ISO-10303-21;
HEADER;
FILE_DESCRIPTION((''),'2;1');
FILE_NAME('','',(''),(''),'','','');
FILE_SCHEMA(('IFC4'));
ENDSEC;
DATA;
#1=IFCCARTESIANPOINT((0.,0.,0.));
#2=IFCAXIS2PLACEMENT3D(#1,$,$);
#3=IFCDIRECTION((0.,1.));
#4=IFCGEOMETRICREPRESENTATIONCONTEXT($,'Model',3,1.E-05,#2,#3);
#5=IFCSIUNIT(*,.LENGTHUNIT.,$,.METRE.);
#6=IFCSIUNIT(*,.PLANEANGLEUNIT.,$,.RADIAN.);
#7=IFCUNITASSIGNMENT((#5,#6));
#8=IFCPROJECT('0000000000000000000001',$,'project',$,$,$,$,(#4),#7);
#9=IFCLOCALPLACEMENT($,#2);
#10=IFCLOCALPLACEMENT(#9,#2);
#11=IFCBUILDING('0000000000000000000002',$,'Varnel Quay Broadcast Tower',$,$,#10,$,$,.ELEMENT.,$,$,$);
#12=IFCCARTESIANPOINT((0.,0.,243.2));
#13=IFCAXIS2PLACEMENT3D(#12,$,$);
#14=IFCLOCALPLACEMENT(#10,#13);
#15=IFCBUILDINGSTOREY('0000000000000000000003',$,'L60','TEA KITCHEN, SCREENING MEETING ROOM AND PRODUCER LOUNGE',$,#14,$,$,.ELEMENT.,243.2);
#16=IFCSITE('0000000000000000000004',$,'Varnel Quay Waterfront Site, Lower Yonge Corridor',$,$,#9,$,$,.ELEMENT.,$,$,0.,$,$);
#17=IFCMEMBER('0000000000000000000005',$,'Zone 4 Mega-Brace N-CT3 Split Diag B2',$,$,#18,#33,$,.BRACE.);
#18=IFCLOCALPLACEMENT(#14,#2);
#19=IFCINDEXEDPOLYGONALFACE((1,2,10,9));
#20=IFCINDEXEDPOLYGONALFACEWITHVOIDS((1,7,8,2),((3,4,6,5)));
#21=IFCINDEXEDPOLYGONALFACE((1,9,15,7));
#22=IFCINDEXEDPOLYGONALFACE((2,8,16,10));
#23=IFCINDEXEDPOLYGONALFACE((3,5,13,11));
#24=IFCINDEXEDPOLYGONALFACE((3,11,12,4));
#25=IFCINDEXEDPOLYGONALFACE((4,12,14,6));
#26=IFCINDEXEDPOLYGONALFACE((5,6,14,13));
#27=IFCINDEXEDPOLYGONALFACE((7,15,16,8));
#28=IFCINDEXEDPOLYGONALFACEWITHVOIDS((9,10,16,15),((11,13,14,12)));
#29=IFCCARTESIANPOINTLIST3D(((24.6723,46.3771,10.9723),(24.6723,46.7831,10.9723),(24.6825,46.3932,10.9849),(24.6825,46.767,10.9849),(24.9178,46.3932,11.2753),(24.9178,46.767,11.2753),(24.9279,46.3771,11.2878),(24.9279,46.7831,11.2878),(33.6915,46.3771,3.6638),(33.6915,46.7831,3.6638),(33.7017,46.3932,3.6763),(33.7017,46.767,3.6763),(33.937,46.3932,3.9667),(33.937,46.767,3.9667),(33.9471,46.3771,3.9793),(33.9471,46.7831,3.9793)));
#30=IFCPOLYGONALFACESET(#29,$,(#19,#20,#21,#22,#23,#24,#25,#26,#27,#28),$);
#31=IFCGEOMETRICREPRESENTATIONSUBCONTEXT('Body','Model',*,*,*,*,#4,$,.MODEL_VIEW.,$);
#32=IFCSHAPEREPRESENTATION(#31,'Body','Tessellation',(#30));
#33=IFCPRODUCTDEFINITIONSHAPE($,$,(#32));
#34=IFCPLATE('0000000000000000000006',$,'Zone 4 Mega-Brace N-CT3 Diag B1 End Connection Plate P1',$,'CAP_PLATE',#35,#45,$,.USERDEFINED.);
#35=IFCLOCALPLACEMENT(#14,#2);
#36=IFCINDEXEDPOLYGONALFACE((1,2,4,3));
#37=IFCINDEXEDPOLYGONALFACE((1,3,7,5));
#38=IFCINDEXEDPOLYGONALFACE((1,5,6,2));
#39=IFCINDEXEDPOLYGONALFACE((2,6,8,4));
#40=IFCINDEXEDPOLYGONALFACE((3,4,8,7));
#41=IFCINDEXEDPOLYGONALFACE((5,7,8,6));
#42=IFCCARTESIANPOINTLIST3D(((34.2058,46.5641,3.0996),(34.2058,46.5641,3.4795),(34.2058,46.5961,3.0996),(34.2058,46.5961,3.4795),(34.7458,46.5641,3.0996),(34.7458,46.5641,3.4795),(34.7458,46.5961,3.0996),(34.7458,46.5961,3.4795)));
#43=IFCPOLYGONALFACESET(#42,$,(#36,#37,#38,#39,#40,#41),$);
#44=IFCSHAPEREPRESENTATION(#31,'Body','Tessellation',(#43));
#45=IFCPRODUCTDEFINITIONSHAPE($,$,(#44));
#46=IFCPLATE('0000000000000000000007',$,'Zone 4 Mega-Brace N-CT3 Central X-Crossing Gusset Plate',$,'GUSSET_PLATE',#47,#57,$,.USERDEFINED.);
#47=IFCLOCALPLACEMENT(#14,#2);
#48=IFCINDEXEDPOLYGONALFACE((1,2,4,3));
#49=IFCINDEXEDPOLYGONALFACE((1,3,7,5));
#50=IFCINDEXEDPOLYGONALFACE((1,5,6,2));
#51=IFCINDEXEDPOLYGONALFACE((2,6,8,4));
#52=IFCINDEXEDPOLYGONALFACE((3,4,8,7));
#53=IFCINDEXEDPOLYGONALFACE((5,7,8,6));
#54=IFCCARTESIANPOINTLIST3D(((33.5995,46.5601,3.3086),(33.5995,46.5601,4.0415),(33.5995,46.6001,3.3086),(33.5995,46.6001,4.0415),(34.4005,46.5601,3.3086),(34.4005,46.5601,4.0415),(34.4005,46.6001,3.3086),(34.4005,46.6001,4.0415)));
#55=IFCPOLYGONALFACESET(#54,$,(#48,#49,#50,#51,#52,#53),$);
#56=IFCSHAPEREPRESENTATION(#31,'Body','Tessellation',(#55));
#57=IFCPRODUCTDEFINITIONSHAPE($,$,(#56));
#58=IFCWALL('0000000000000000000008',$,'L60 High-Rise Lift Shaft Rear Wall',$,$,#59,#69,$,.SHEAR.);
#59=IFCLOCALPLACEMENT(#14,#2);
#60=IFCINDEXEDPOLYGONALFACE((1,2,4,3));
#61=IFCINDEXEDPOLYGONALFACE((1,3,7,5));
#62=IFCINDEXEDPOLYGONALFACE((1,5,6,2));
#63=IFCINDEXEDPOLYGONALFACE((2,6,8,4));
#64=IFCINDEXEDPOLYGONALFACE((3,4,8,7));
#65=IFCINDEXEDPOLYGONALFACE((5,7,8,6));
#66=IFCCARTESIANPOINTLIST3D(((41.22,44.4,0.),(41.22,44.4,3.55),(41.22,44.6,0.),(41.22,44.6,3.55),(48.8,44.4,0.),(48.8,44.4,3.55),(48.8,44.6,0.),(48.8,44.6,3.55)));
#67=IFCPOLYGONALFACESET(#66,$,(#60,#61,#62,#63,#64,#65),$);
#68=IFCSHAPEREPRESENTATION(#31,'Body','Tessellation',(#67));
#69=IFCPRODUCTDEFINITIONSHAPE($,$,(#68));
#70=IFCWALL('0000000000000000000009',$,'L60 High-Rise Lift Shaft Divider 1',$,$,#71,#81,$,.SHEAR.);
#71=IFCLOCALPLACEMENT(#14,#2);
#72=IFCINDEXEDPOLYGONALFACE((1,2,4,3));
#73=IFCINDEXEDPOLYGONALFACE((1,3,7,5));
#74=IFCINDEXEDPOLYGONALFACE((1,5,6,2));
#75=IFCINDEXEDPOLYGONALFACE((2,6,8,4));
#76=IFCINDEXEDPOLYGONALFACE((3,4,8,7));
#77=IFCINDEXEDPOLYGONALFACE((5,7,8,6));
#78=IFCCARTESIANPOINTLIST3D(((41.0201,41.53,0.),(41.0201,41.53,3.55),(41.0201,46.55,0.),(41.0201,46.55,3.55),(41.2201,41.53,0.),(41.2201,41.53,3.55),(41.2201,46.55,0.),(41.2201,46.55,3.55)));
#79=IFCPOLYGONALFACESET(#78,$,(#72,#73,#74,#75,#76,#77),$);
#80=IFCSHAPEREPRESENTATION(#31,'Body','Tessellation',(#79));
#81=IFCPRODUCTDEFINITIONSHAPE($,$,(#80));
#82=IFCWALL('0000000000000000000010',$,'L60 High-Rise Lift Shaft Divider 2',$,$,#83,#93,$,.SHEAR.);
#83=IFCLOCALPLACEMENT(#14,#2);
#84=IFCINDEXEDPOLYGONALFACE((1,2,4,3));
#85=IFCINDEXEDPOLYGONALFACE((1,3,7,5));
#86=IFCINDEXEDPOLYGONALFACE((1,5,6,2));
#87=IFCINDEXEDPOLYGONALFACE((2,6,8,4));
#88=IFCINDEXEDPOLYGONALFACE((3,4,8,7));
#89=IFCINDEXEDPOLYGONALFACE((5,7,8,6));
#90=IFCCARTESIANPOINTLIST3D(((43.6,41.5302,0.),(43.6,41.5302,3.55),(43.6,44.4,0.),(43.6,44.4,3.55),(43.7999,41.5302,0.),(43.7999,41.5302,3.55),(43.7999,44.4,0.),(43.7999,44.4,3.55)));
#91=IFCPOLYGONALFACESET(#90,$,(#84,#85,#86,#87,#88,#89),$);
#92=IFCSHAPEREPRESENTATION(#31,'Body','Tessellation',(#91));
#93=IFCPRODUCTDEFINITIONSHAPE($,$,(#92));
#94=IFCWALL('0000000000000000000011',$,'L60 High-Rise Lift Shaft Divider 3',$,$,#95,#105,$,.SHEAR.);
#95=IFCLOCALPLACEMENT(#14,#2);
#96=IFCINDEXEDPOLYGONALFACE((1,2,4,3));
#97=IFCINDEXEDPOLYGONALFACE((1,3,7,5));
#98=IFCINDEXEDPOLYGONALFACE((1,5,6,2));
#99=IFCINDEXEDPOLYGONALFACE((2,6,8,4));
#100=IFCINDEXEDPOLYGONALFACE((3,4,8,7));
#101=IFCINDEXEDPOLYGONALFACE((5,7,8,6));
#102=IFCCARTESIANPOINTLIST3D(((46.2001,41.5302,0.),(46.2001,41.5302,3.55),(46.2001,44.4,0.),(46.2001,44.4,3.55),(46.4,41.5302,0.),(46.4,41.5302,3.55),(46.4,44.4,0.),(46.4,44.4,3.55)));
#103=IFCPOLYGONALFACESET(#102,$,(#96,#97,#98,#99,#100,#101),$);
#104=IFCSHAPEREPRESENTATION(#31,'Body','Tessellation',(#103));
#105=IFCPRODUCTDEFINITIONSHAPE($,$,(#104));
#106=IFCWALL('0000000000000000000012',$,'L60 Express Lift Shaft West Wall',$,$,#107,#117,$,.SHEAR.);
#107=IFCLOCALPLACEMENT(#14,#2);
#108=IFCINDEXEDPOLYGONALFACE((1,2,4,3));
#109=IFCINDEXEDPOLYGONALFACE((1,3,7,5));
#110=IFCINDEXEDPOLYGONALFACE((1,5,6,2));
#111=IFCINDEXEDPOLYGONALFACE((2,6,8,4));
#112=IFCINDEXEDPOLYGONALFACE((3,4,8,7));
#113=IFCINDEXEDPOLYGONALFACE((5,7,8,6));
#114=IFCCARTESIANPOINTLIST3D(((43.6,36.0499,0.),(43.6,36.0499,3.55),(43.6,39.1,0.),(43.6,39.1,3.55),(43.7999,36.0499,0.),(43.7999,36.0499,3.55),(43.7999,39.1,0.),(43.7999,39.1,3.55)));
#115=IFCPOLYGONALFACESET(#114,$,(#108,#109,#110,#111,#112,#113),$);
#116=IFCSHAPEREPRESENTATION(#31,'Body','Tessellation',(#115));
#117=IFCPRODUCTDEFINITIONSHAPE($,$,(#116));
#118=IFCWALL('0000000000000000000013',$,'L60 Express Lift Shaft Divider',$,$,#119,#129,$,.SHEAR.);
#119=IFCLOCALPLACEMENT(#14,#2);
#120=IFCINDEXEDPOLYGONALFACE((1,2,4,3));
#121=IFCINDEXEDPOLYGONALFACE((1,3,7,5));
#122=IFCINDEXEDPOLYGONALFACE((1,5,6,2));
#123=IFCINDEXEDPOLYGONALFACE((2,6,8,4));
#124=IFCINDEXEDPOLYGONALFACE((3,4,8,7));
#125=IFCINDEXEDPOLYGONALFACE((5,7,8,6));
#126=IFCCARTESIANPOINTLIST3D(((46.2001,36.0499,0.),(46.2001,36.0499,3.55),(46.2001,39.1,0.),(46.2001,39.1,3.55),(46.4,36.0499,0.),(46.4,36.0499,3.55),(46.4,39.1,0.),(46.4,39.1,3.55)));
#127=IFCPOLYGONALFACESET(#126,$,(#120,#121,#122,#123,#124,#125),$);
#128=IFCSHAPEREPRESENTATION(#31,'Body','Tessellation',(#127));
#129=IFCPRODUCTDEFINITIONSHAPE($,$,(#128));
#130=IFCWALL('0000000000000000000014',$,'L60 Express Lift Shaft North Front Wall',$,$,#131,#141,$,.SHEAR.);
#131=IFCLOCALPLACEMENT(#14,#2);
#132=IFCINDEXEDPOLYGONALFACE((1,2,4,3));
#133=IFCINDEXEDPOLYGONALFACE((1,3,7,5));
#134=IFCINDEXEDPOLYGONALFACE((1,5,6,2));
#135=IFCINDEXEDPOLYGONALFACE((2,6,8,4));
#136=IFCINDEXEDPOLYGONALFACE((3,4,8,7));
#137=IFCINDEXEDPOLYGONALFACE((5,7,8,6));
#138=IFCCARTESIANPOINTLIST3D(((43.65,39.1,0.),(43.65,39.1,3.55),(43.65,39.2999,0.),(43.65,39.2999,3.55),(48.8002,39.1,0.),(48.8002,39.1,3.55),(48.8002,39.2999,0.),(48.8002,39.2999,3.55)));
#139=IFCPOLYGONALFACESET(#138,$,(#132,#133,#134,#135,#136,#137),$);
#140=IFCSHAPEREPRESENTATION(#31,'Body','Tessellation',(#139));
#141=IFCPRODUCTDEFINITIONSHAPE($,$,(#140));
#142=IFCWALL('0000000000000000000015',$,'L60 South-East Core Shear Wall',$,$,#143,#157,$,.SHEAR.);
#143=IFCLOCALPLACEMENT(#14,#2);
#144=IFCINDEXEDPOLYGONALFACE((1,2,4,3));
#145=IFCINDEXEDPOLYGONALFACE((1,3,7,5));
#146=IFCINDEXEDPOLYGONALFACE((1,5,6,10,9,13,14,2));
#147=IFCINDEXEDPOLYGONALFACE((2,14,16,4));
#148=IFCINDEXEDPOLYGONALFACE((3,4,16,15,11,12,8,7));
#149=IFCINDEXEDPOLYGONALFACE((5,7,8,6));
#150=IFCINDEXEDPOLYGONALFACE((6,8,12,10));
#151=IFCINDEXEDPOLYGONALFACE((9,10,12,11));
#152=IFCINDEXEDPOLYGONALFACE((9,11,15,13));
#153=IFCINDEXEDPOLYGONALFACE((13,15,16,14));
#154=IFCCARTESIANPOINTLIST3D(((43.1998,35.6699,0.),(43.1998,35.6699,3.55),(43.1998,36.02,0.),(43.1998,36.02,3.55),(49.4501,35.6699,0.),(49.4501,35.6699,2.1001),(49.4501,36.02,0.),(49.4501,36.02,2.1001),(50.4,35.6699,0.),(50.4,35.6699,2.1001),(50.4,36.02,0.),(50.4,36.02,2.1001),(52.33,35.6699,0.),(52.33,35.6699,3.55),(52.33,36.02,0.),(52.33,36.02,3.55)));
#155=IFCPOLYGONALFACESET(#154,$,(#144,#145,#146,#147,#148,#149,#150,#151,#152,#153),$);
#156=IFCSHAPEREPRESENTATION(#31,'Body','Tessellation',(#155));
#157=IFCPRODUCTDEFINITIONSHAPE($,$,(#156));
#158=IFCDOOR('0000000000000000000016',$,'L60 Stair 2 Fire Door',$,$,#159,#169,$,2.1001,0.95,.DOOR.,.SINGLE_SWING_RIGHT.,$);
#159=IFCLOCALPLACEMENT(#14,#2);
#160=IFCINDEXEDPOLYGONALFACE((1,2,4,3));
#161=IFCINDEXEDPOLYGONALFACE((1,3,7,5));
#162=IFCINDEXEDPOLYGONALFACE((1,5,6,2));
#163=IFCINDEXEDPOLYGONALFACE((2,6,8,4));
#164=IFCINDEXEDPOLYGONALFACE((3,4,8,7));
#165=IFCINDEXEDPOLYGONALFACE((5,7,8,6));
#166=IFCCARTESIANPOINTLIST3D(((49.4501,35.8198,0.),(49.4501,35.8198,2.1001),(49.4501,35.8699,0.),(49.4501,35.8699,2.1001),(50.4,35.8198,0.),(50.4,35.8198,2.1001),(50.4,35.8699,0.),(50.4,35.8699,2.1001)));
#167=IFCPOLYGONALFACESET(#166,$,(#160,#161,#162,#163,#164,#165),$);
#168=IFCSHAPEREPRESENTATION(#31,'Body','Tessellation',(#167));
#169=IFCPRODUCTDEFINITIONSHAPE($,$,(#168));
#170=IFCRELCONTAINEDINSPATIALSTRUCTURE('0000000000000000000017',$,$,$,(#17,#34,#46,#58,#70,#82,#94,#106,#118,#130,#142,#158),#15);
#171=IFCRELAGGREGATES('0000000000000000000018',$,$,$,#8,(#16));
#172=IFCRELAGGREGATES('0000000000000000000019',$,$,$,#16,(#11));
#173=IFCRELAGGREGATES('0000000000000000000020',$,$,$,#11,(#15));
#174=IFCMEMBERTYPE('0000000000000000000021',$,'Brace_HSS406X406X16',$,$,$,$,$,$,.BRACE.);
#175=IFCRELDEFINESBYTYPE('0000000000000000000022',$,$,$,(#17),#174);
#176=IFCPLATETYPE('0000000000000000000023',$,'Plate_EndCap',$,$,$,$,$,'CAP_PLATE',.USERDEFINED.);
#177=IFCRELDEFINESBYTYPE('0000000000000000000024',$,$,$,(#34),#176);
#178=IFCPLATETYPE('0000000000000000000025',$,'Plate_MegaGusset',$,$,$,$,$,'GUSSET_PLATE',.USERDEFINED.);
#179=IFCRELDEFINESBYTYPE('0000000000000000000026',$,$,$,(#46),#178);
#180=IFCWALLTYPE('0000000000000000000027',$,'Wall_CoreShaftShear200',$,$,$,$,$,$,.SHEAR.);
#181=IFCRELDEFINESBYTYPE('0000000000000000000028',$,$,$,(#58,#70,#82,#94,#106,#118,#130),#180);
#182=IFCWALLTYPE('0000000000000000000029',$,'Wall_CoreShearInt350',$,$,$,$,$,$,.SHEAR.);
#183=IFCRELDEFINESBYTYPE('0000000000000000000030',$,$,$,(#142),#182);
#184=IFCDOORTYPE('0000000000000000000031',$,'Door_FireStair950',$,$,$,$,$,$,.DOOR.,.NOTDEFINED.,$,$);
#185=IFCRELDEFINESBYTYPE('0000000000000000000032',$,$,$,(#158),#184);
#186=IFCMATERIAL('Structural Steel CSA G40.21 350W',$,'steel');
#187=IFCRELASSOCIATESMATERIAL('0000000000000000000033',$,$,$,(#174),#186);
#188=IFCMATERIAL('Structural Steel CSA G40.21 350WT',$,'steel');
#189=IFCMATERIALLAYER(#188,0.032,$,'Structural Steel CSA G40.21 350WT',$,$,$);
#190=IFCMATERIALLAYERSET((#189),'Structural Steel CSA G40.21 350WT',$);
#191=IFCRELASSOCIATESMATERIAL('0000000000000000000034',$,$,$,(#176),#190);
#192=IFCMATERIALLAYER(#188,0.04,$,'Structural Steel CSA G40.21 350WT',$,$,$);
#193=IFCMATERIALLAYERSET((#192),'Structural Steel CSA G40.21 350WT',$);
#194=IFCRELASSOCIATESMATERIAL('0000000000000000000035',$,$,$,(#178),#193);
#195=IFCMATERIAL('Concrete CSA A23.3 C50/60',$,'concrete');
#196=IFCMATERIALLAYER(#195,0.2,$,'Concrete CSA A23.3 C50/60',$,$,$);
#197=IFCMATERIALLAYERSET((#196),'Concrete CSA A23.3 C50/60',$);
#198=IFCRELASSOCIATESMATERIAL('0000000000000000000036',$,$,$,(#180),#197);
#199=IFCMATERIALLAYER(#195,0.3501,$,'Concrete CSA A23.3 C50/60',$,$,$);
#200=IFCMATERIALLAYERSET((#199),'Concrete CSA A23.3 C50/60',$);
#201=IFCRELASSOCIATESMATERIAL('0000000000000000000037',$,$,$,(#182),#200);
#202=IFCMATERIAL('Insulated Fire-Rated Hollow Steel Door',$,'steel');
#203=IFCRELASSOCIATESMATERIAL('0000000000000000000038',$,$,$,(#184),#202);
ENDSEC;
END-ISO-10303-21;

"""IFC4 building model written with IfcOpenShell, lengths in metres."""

from ifc_helpers import new_model, si_unit, direction, frame, frame_2d, origin, origin_2d, place, context, subcontext, project, spatial, rectangle, hollow_rectangle, extrude, source, transform, mapped, material, layer, layer_set, material_profile, profile_set, type_object, type_shapes, element, fill, save


model = new_model("IFC4")

# Units and contexts
model_context = context("Model", 3, precision=1e-05, world=origin(), true_north=direction((0.0, 1.0)))
body_context = subcontext(model_context, "Body", "Model", "MODEL_VIEW")
ifc_project = project(units=[si_unit("LENGTHUNIT", "METRE"), si_unit("PLANEANGLEUNIT", "RADIAN")], contexts=[model_context])

# Site, building, storey
site_placement = place(None, origin())
site = spatial("IfcSite", under=ifc_project, at=site_placement, Name="Varnel Quay Waterfront Site, Lower Yonge Corridor", CompositionType="ELEMENT", RefElevation=0.0)
building_placement = place(site_placement, origin())
building = spatial("IfcBuilding", under=site, at=building_placement, Name="Varnel Quay Broadcast Tower", CompositionType="ELEMENT")
storey_placement = place(building_placement, frame((0.0, 0.0, 243.2)))
storey = spatial("IfcBuildingStorey", under=building, at=storey_placement, Name="L60", Description="TEA KITCHEN, SCREENING MEETING ROOM AND PRODUCER LOUNGE", CompositionType="ELEMENT", Elevation=243.2)

# Shared definitions
ifc_material_1 = material(Name="Structural Steel CSA G40.21 350WT", Category="steel")

# Shared definitions
ifc_material_2 = material(Name="Concrete CSA A23.3 C50/60", Category="concrete")

# Member
ifc_material_3 = material(Name="Structural Steel CSA G40.21 350W", Category="steel")
ifc_material_profile_1 = material_profile(ifc_material_3, hollow_rectangle(XDim=0.406, YDim=0.406, WallThickness=0.0161, at=origin_2d()), Name="HSS406X406X16")
ifc_profile_set_1 = profile_set([ifc_material_profile_1], Name="Structural Steel CSA G40.21 350W")
member_type = type_object("IfcMemberType", Name="Brace_HSS406X406X16", PredefinedType="BRACE", material=ifc_profile_set_1)
shared_shape_1 = source(origin(), body_context, "Body", "SweptSolid", [
    extrude(hollow_rectangle(XDim=0.406, YDim=0.406, WallThickness=0.0161, at=origin_2d()), origin(), (0.0, 0.0, 1.0), 11.6086),
])
type_shapes(member_type, [shared_shape_1])
member_placement = place(storey_placement, frame((33.8193, 46.5801, 3.8215), z_axis=(-0.776939, 0.0, 0.629576), x_axis=(0.0, -1.0, 0.0)))
element("IfcMember", 1, at=member_placement, inside=storey, type_object=member_type, Name="Zone 4 Mega-Brace N-CT3 Split Diag B2", PredefinedType="BRACE", context=body_context, shape_type="MappedRepresentation", body=[
    mapped(shared_shape_1, transform((0.0, 0.0, 0.0), x_axis=(1.0, 0.0, 0.0), y_axis=(0.0, 1.0, 0.0), z_axis=(0.0, 0.0, 1.0), scale=1.0)),
])

# Plates
ifc_layer_1 = layer(ifc_material_1, 0.032, Name="Structural Steel CSA G40.21 350WT")
ifc_layer_set_1 = layer_set([ifc_layer_1], Name="Structural Steel CSA G40.21 350WT")
plate_type_1 = type_object("IfcPlateType", Name="Plate_EndCap", ElementType="CAP_PLATE", PredefinedType="USERDEFINED", material=ifc_layer_set_1)
shared_shape_2 = source(origin(), body_context, "Body", "SweptSolid", [
    extrude(rectangle(XDim=0.54, YDim=0.032, at=origin_2d()), origin(), (0.0, 0.0, 1.0), 0.3799),
])
type_shapes(plate_type_1, [shared_shape_2])
plate_1_placement = place(storey_placement, frame((34.4758, 46.5801, 3.0996), z_axis=(0.0, 0.0, 1.0), x_axis=(1.0, 0.0, 0.0)))
element("IfcPlate", 2, at=plate_1_placement, inside=storey, type_object=plate_type_1, Name="Zone 4 Mega-Brace N-CT3 Diag B1 End Connection Plate P1", ObjectType="CAP_PLATE", PredefinedType="USERDEFINED", context=body_context, shape_type="MappedRepresentation", body=[
    mapped(shared_shape_2, transform((0.0, 0.0, 0.0), x_axis=(1.0, 0.0, 0.0), y_axis=(0.0, 1.0, 0.0), z_axis=(0.0, 0.0, 1.0), scale=1.0)),
])
ifc_layer_2 = layer(ifc_material_1, 0.04, Name="Structural Steel CSA G40.21 350WT")
ifc_layer_set_2 = layer_set([ifc_layer_2], Name="Structural Steel CSA G40.21 350WT")
plate_type_2 = type_object("IfcPlateType", Name="Plate_MegaGusset", ElementType="GUSSET_PLATE", PredefinedType="USERDEFINED", material=ifc_layer_set_2)
shared_shape_3 = source(origin(), body_context, "Body", "SweptSolid", [
    extrude(rectangle(XDim=0.801, YDim=0.04, at=origin_2d()), origin(), (0.0, 0.0, 1.0), 0.7329),
])
type_shapes(plate_type_2, [shared_shape_3])
plate_2_placement = place(storey_placement, frame((34.0, 46.5801, 3.3086), z_axis=(0.0, 0.0, 1.0), x_axis=(1.0, 0.0, 0.0)))
element("IfcPlate", 3, at=plate_2_placement, inside=storey, type_object=plate_type_2, Name="Zone 4 Mega-Brace N-CT3 Central X-Crossing Gusset Plate", ObjectType="GUSSET_PLATE", PredefinedType="USERDEFINED", context=body_context, shape_type="MappedRepresentation", body=[
    mapped(shared_shape_3, transform((0.0, 0.0, 0.0), x_axis=(1.0, 0.0, 0.0), y_axis=(0.0, 1.0, 0.0), z_axis=(0.0, 0.0, 1.0), scale=1.0)),
])

# Walls
ifc_layer_3 = layer(ifc_material_2, 0.2, Name="Concrete CSA A23.3 C50/60")
ifc_layer_set_3 = layer_set([ifc_layer_3], Name="Concrete CSA A23.3 C50/60")
wall_type_1 = type_object("IfcWallType", Name="Wall_CoreShaftShear200", PredefinedType="SHEAR", material=ifc_layer_set_3)
wall_1_placement = place(storey_placement, frame((41.22, 44.5, 0.0), z_axis=(0.0, 0.0, 1.0), x_axis=(1.0, 0.0, 0.0)))
element("IfcWall", 4, at=wall_1_placement, inside=storey, type_object=wall_type_1, Name="L60 High-Rise Lift Shaft Rear Wall", PredefinedType="SHEAR", context=body_context, shape_type="SweptSolid", body=[
    extrude(rectangle(XDim=7.5801, YDim=0.2, at=frame_2d((3.79, 0.0))), origin(), (0.0, 0.0, 1.0), 3.55),
])
wall_2_placement = place(storey_placement, frame((41.1201, 41.53, 0.0), z_axis=(0.0, 0.0, 1.0), x_axis=(0.0, 1.0, 0.0)))
element("IfcWall", 5, at=wall_2_placement, inside=storey, type_object=wall_type_1, Name="L60 High-Rise Lift Shaft Divider 1", PredefinedType="SHEAR", context=body_context, shape_type="SweptSolid", body=[
    extrude(rectangle(XDim=5.02, YDim=0.2, at=frame_2d((2.51, 0.0))), origin(), (0.0, 0.0, 1.0), 3.55),
])
for number, where, z_axis, x_axis, name in (
    (6, (43.7, 41.53, 0.0), (0.0, 0.0, 1.0), (0.0, 1.0, 0.0), "L60 High-Rise Lift Shaft Divider 2"),
    (7, (46.3, 41.53, 0.0), (0.0, 0.0, 1.0), (0.0, 1.0, 0.0), "L60 High-Rise Lift Shaft Divider 3"),
):
    element("IfcWall", number, at=place(storey_placement, frame(where, z_axis=z_axis, x_axis=x_axis)), inside=storey, type_object=wall_type_1, Name=name, PredefinedType="SHEAR", context=body_context, shape_type="SweptSolid", body=[
        extrude(rectangle(XDim=2.8699, YDim=0.2, at=frame_2d((1.4351, 0.0))), origin(), (0.0, 0.0, 1.0), 3.55),
    ])
for number, where, z_axis, x_axis, name in (
    (8, (43.7, 36.05, 0.0), (0.0, 0.0, 1.0), (0.0, 1.0, 0.0), "L60 Express Lift Shaft West Wall"),
    (9, (46.3, 36.05, 0.0), (0.0, 0.0, 1.0), (0.0, 1.0, 0.0), "L60 Express Lift Shaft Divider"),
):
    element("IfcWall", number, at=place(storey_placement, frame(where, z_axis=z_axis, x_axis=x_axis)), inside=storey, type_object=wall_type_1, Name=name, PredefinedType="SHEAR", context=body_context, shape_type="SweptSolid", body=[
        extrude(rectangle(XDim=3.05, YDim=0.2, at=frame_2d((1.5249, 0.0))), origin(), (0.0, 0.0, 1.0), 3.55),
    ])
wall_3_placement = place(storey_placement, frame((43.6499, 39.2, 0.0), z_axis=(0.0, 0.0, 1.0), x_axis=(1.0, 0.0, 0.0)))
element("IfcWall", 10, at=wall_3_placement, inside=storey, type_object=wall_type_1, Name="L60 Express Lift Shaft North Front Wall", PredefinedType="SHEAR", context=body_context, shape_type="SweptSolid", body=[
    extrude(rectangle(XDim=5.1501, YDim=0.2, at=frame_2d((2.5752, 0.0))), origin(), (0.0, 0.0, 1.0), 3.55),
])

# Wall, opening, door
ifc_layer_4 = layer(ifc_material_2, 0.3501, Name="Concrete CSA A23.3 C50/60")
ifc_layer_set_4 = layer_set([ifc_layer_4], Name="Concrete CSA A23.3 C50/60")
wall_type_2 = type_object("IfcWallType", Name="Wall_CoreShearInt350", PredefinedType="SHEAR", material=ifc_layer_set_4)
wall_4_placement = place(storey_placement, frame((43.2, 35.845, 0.0), z_axis=(0.0, 0.0, 1.0), x_axis=(1.0, 0.0, 0.0)))
wall_4 = element("IfcWall", 11, at=wall_4_placement, inside=storey, type_object=wall_type_2, Name="L60 South-East Core Shear Wall", PredefinedType="SHEAR", context=body_context, shape_type="SweptSolid", body=[
    extrude(rectangle(XDim=9.1301, YDim=0.3501, at=frame_2d((4.5649, 0.0))), origin(), (0.0, 0.0, 1.0), 3.55),
])
opening_1_placement = place(wall_4_placement, frame((6.25, 0.0, 0.0)))
opening_1 = element("IfcOpeningElement", 12, at=opening_1_placement, cuts=wall_4, PredefinedType="OPENING", context=body_context, shape_type="SweptSolid", body=[
    extrude(rectangle(XDim=0.95, YDim=2.1001, at=frame_2d((0.4751, 1.05))), frame((0.0, 0.1851, 0.0), z_axis=(0.0, -1.0, 0.0), x_axis=(1.0, 0.0, 0.0)), (0.0, 0.0, 1.0), 0.3701),
])
ifc_material_4 = material(Name="Insulated Fire-Rated Hollow Steel Door", Category="steel")
door_type_1 = type_object("IfcDoorType", Name="Door_FireStair950", OperationType="NOTDEFINED", PredefinedType="DOOR", material=ifc_material_4)
shared_shape_4 = source(origin(), body_context, "Body", "SweptSolid", [
    extrude(rectangle(XDim=0.95, YDim=2.1001, at=frame_2d((0.4751, 1.05))), frame((0.0, 0.0249, 0.0), z_axis=(0.0, -1.0, 0.0), x_axis=(1.0, 0.0, 0.0)), (0.0, 0.0, 1.0), 0.05),
])
type_shapes(door_type_1, [shared_shape_4])
door_1_placement = place(opening_1_placement, origin())
door_1 = element("IfcDoor", 13, at=door_1_placement, inside=storey, type_object=door_type_1, Name="L60 Stair 2 Fire Door", OperationType="SINGLE_SWING_RIGHT", OverallHeight=2.1001, OverallWidth=0.95, PredefinedType="DOOR", context=body_context, shape_type="MappedRepresentation", body=[
    mapped(shared_shape_4, transform((0.0, 0.0, 0.0), x_axis=(1.0, 0.0, 0.0), y_axis=(0.0, 1.0, 0.0), z_axis=(0.0, 0.0, 1.0), scale=1.0)),
])
fill(opening_1, door_1)

save(model, "model.ifc")
